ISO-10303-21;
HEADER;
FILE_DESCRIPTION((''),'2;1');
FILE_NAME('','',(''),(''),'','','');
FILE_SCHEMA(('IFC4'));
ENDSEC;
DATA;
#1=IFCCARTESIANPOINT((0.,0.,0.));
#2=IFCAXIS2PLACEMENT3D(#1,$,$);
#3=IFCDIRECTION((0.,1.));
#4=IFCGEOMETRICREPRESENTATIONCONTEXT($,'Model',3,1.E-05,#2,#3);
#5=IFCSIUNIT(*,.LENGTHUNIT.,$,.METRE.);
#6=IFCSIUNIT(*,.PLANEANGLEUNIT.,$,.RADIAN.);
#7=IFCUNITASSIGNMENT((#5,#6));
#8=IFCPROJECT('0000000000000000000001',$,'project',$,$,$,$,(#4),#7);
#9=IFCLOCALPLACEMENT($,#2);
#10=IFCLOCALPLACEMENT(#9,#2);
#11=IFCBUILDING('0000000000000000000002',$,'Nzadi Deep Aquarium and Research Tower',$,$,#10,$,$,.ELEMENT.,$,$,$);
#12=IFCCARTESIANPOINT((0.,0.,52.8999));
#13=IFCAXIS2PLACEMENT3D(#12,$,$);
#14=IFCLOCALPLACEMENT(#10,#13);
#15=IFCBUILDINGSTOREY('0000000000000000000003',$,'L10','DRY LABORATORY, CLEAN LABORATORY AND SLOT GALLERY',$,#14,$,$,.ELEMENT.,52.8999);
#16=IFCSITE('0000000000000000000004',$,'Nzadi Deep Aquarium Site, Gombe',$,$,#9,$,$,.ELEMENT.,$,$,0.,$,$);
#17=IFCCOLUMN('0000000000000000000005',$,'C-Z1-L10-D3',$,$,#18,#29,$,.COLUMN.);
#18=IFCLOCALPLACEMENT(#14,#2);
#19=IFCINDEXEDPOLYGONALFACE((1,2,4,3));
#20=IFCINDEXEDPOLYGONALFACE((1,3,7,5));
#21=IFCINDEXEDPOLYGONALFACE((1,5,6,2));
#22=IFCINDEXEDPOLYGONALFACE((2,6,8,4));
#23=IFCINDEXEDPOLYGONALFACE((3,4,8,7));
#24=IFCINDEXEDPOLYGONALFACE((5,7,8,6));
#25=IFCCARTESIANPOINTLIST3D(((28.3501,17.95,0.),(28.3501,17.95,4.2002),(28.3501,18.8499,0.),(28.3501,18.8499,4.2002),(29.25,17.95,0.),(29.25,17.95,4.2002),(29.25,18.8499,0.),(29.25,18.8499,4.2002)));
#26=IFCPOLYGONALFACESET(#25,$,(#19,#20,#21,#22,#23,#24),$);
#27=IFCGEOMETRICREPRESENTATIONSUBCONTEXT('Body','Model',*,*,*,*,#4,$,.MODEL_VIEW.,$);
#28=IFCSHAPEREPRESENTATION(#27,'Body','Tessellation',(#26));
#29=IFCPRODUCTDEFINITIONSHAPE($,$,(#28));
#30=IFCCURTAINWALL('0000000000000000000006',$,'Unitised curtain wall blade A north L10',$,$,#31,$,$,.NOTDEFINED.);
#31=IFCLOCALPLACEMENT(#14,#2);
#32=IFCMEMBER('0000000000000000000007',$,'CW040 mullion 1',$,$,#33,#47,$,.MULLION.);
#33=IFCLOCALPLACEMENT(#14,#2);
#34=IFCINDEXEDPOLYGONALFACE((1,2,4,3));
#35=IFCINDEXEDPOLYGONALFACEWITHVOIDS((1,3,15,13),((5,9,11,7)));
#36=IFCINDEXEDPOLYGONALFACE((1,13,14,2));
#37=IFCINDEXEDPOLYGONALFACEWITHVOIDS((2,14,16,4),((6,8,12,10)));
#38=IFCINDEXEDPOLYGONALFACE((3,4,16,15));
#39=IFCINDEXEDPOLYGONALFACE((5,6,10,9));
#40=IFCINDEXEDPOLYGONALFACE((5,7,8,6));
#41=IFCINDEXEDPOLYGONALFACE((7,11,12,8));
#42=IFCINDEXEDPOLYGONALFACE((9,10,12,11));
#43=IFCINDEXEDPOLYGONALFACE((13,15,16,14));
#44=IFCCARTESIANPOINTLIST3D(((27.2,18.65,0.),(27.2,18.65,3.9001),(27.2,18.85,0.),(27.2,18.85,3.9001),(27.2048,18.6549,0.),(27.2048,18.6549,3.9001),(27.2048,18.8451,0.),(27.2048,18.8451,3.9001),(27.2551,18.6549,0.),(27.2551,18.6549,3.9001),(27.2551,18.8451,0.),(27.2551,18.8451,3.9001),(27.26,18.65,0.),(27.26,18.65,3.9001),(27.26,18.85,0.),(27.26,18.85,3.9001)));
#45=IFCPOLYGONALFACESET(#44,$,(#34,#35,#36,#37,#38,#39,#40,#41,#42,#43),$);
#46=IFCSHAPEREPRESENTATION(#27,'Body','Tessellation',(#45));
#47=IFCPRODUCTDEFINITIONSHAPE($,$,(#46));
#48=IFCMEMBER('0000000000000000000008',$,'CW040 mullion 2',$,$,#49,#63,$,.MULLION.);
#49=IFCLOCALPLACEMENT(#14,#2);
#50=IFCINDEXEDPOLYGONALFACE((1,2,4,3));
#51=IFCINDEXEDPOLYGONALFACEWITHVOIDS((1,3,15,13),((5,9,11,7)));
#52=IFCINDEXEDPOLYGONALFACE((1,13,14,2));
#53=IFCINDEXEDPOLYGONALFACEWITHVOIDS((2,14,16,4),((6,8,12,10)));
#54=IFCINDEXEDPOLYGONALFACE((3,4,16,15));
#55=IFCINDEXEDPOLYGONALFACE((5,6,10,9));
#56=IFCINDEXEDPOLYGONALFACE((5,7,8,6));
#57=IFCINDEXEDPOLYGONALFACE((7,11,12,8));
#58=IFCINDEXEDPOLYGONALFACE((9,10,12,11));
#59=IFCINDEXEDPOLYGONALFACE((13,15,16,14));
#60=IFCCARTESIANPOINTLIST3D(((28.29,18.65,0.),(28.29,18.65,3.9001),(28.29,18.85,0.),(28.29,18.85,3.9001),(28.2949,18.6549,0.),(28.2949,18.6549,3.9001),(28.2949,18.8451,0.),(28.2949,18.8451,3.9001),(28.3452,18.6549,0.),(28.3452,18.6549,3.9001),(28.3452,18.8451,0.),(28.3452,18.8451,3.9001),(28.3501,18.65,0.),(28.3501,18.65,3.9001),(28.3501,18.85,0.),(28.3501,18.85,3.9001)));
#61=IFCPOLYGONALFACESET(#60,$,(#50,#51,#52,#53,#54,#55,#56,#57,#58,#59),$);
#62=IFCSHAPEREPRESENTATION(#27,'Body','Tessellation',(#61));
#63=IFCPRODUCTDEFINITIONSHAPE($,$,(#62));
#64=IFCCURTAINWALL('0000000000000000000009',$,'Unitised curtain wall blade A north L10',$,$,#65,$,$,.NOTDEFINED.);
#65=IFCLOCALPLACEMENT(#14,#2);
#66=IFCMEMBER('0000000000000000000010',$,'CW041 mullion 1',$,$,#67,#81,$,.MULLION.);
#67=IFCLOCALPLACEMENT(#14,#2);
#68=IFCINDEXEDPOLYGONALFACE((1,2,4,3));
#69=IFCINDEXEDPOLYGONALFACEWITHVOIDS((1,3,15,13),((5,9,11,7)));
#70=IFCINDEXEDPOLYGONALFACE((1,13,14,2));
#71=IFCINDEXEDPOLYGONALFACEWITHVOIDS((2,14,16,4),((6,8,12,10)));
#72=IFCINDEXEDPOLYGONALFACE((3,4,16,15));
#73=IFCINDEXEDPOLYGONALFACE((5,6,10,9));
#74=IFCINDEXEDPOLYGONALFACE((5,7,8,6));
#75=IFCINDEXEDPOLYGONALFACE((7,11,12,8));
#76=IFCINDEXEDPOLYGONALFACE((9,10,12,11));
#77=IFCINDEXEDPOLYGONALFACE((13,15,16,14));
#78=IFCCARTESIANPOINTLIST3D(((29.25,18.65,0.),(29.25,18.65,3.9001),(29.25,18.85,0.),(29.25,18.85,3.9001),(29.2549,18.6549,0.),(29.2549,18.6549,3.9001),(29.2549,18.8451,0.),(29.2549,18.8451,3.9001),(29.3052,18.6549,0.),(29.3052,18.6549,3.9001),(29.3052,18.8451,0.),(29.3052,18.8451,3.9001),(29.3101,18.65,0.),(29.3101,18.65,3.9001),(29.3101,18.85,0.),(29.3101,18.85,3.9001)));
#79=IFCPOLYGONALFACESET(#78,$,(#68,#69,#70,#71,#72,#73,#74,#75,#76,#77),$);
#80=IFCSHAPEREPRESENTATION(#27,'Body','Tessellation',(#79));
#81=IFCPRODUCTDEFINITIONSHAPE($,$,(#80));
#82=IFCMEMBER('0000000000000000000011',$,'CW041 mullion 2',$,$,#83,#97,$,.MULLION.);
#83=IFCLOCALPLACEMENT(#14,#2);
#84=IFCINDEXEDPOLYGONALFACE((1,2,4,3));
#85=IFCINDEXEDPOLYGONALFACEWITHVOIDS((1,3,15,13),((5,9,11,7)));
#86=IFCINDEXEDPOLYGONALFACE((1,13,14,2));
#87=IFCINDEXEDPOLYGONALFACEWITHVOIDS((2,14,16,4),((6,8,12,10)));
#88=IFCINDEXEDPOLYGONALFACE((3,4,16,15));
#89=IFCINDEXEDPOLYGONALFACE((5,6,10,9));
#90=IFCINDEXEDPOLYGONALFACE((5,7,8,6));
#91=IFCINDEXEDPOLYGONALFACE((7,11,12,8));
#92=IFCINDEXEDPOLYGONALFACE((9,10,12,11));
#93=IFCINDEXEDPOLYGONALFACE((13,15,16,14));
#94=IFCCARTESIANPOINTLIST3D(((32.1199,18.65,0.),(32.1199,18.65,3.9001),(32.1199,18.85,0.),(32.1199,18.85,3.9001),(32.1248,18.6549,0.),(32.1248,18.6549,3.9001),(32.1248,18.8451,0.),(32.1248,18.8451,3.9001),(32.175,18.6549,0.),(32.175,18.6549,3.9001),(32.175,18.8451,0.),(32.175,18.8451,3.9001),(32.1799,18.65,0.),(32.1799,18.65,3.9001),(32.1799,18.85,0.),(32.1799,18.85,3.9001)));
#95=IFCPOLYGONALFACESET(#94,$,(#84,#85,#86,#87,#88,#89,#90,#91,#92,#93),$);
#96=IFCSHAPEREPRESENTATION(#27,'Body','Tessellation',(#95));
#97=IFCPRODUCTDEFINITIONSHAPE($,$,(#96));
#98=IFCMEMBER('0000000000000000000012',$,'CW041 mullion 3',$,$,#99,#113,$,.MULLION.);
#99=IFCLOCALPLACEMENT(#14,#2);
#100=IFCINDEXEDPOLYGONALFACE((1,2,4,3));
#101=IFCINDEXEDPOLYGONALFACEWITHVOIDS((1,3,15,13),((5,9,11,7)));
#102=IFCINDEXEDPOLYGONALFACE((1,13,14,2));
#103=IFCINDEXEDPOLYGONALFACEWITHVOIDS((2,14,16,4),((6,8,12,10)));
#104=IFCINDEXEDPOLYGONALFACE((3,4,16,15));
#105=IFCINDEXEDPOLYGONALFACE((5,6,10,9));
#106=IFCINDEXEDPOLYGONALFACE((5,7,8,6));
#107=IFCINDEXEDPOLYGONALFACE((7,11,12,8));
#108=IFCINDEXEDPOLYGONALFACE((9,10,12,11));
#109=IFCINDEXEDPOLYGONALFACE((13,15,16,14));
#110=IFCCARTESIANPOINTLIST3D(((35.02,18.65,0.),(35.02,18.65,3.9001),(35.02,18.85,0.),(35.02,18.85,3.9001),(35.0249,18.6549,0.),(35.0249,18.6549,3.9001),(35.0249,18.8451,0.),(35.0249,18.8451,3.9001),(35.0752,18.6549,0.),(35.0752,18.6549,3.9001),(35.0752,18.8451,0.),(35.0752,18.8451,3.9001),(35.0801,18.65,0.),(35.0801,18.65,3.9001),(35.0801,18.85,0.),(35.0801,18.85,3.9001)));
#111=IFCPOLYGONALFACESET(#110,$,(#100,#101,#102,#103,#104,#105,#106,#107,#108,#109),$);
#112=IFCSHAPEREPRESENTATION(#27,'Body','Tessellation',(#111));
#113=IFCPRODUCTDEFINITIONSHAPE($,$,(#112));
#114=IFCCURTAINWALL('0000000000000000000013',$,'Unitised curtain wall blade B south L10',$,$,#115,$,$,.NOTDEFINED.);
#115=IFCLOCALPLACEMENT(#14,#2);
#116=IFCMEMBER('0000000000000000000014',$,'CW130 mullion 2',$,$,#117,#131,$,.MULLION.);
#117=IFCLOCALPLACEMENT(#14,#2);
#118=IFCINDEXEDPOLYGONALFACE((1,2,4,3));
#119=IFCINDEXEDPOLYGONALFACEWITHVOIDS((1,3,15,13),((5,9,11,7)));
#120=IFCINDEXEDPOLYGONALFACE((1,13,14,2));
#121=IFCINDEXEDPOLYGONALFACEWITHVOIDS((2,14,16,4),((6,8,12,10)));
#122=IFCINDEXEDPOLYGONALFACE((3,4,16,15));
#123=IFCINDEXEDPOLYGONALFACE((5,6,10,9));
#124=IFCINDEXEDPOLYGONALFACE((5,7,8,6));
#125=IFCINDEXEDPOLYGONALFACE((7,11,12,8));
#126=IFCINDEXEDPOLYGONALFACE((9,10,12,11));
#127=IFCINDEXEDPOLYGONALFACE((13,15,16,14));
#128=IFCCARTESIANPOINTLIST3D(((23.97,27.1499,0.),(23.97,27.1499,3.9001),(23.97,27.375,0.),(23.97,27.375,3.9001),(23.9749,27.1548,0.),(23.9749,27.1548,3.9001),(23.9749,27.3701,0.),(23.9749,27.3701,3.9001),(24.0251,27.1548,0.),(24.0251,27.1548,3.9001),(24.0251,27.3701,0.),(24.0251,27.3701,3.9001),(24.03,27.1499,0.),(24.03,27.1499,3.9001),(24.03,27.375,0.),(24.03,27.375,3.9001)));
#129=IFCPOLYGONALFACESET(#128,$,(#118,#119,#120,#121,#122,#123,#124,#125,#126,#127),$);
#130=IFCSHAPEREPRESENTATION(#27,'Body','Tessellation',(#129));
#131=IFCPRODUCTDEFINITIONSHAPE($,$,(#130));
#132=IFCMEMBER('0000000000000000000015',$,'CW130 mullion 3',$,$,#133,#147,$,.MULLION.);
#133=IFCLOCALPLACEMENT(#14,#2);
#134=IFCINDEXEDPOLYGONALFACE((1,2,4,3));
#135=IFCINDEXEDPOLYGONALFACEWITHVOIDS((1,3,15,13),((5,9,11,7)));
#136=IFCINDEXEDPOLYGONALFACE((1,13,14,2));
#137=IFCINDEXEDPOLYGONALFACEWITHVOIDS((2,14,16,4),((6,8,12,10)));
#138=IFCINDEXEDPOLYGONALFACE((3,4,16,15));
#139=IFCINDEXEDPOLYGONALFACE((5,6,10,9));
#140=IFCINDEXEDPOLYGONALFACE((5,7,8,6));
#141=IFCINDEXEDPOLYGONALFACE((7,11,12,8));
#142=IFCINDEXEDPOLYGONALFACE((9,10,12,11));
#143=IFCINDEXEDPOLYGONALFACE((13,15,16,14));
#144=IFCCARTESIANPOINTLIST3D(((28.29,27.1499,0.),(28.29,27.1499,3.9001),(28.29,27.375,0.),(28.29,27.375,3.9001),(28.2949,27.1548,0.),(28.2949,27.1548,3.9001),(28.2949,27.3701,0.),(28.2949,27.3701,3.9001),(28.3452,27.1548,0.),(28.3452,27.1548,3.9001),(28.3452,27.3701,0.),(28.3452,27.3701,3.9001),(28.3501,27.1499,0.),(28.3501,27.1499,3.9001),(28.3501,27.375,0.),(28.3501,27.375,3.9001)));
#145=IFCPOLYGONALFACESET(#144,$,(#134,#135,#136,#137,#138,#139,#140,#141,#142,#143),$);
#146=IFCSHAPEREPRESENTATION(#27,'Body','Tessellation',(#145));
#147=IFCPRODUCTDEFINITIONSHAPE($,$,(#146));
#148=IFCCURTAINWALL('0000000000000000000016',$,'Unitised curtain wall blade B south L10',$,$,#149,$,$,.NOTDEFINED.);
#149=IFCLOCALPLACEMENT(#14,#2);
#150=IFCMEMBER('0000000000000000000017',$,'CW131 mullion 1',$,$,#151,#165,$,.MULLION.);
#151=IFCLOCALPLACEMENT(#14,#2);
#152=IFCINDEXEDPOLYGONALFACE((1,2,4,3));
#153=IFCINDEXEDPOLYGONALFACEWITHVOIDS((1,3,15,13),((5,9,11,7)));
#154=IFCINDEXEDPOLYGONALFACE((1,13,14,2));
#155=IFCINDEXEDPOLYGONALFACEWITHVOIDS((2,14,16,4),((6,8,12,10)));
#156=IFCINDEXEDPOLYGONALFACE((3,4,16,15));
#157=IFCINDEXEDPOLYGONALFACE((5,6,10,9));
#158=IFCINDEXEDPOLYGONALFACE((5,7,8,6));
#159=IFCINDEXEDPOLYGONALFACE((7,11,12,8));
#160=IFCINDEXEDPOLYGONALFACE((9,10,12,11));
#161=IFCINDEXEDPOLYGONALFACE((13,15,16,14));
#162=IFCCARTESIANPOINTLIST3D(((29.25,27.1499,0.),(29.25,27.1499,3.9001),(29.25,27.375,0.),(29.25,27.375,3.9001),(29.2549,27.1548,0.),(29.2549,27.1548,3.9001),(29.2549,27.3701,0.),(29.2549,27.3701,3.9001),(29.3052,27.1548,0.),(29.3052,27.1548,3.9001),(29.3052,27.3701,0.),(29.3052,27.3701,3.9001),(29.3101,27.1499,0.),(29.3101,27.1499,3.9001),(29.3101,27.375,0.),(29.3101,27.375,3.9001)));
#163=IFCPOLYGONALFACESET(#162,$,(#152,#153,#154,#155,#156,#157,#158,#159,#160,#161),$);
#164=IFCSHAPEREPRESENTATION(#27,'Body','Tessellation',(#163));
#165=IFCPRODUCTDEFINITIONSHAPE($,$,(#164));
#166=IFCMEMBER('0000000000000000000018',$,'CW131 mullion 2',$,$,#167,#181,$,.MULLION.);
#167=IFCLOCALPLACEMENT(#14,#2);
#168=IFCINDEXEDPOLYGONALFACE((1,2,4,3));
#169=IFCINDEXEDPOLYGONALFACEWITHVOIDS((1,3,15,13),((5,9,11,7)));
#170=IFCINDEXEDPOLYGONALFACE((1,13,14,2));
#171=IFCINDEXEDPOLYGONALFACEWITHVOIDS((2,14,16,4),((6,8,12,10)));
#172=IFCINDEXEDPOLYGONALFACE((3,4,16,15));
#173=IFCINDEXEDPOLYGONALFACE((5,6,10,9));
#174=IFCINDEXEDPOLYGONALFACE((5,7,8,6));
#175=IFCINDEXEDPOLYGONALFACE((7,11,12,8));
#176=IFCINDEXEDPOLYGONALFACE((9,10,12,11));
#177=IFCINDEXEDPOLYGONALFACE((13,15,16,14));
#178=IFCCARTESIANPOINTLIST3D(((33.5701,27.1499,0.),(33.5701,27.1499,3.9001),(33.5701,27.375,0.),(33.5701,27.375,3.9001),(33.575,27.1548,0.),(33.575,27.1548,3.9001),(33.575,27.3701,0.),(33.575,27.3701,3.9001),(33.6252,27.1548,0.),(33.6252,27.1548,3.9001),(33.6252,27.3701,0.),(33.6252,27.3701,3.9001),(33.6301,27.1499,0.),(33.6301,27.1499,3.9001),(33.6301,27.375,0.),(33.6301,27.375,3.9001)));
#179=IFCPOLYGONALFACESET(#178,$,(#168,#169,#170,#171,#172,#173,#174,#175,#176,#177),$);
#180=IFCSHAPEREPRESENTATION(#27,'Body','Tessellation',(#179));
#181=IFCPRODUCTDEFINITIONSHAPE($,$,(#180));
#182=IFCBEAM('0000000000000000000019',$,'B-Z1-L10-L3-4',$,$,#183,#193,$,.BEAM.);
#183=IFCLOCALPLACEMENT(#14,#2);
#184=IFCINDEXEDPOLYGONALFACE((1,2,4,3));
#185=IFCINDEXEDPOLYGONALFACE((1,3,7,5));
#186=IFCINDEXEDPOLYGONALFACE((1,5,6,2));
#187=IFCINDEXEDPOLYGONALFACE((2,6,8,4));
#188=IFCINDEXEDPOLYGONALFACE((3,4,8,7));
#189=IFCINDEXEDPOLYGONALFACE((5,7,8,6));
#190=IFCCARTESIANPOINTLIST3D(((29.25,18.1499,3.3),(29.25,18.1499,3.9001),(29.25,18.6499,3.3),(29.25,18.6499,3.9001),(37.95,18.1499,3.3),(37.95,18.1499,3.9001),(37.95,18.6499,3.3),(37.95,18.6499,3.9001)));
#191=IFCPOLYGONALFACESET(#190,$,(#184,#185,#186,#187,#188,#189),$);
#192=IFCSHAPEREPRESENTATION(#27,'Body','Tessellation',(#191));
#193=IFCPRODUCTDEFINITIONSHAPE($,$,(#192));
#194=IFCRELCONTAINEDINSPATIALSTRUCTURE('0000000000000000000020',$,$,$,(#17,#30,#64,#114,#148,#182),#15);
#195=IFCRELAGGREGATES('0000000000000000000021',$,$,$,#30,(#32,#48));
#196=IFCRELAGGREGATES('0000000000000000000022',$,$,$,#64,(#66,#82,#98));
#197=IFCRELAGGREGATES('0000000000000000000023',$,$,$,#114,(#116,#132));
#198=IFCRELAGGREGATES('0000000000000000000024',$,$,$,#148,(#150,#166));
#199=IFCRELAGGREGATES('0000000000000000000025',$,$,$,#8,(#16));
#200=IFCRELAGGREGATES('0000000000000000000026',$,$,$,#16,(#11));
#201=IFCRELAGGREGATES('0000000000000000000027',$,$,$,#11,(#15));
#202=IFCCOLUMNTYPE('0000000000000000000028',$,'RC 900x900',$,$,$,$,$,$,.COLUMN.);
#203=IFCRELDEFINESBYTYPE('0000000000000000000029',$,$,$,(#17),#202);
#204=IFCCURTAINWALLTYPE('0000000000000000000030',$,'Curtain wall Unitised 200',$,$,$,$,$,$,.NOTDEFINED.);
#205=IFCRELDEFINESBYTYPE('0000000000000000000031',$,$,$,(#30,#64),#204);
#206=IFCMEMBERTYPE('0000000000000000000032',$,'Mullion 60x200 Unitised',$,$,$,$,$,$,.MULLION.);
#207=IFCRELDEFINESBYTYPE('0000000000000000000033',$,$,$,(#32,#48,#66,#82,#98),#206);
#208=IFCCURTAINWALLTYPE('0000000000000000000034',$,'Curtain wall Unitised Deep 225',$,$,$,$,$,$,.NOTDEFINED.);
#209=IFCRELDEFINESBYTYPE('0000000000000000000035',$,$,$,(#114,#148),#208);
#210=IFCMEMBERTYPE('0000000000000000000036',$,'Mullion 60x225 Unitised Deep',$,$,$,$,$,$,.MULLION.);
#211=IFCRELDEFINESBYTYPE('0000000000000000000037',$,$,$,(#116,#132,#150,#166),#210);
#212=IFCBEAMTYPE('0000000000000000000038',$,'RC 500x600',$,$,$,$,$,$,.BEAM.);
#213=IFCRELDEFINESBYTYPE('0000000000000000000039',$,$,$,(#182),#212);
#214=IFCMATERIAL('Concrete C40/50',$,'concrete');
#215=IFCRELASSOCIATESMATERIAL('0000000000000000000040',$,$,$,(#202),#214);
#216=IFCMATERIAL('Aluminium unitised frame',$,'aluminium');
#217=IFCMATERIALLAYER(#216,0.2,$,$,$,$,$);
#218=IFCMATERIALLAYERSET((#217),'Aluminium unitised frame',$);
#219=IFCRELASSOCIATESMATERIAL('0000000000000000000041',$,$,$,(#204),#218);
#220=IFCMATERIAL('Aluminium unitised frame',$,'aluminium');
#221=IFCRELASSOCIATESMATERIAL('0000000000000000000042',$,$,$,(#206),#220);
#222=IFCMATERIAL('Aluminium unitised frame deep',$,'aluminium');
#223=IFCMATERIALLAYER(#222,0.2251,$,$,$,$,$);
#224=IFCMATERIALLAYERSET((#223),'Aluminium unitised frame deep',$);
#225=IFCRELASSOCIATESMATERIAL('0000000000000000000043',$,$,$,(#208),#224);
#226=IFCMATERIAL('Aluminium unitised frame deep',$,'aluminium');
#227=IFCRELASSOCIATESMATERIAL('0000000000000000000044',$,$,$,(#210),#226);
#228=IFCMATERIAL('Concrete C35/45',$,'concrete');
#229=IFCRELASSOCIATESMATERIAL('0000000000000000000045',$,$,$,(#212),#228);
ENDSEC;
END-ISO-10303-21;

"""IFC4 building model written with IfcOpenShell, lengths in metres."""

from ifc_helpers import new_model, si_unit, direction, frame, origin, origin_2d, place, context, subcontext, project, spatial, rectangle, hollow_rectangle, extrude, material, layer, layer_set, material_profile, profile_set, type_object, element, aggregate, save


model = new_model("IFC4")

# Units and contexts
model_context = context("Model", 3, precision=1e-05, world=origin(), true_north=direction((0.0, 1.0)))
body_context = subcontext(model_context, "Body", "Model", "MODEL_VIEW")
ifc_project = project(units=[si_unit("LENGTHUNIT", "METRE"), si_unit("PLANEANGLEUNIT", "RADIAN")], contexts=[model_context])

# Site, building, storey
site_placement = place(None, origin())
site = spatial("IfcSite", under=ifc_project, at=site_placement, Name="Nzadi Deep Aquarium Site, Gombe", CompositionType="ELEMENT", RefElevation=0.0)
building_placement = place(site_placement, origin())
building = spatial("IfcBuilding", under=site, at=building_placement, Name="Nzadi Deep Aquarium and Research Tower", CompositionType="ELEMENT")
storey_placement = place(building_placement, frame((0.0, 0.0, 52.8999)))
storey = spatial("IfcBuildingStorey", under=building, at=storey_placement, Name="L10", Description="DRY LABORATORY, CLEAN LABORATORY AND SLOT GALLERY", CompositionType="ELEMENT", Elevation=52.8999)

# Column
ifc_material_1 = material(Name="Concrete C40/50", Category="concrete")
ifc_material_profile_1 = material_profile(ifc_material_1, rectangle(XDim=0.8999, YDim=0.8999, at=origin_2d()))
ifc_profile_set_1 = profile_set([ifc_material_profile_1], Name="Concrete C40/50")
column_type = type_object("IfcColumnType", Name="RC 900x900", PredefinedType="COLUMN", material=ifc_profile_set_1)
column_placement = place(storey_placement, frame((28.8, 18.3999, 0.0), z_axis=(0.0, 0.0, 1.0), x_axis=(1.0, 0.0, 0.0)))
element("IfcColumn", 1, at=column_placement, inside=storey, type_object=column_type, Name="C-Z1-L10-D3", PredefinedType="COLUMN", context=body_context, shape_type="SweptSolid", body=[
    extrude(rectangle(XDim=0.8999, YDim=0.8999, at=origin_2d()), origin(), (0.0, 0.0, 1.0), 4.2002),
])

# Curtain walls, members
ifc_material_2 = material(Name="Aluminium unitised frame", Category="aluminium")
ifc_layer_1 = layer(ifc_material_2, 0.2)
ifc_layer_set_1 = layer_set([ifc_layer_1], Name="Aluminium unitised frame")
curtain_wall_type_1 = type_object("IfcCurtainWallType", Name="Curtain wall Unitised 200", PredefinedType="NOTDEFINED", material=ifc_layer_set_1)
curtain_wall_1_placement = place(storey_placement, origin())
curtain_wall_1 = element("IfcCurtainWall", 2, at=curtain_wall_1_placement, inside=storey, type_object=curtain_wall_type_1, Name="Unitised curtain wall blade A north L10", PredefinedType="NOTDEFINED")
ifc_material_3 = material(Name="Aluminium unitised frame", Category="aluminium")
ifc_material_profile_2 = material_profile(ifc_material_3, hollow_rectangle(XDim=0.2, YDim=0.0601, WallThickness=0.0049, at=origin_2d()))
ifc_profile_set_2 = profile_set([ifc_material_profile_2], Name="Aluminium unitised frame")
member_type_1 = type_object("IfcMemberType", Name="Mullion 60x200 Unitised", PredefinedType="MULLION", material=ifc_profile_set_2)
member_1_placement = place(storey_placement, frame((27.23, 18.75, 0.0), z_axis=(0.0, 0.0, 1.0), x_axis=(0.0, 1.0, 0.0)))
member_1 = element("IfcMember", 3, at=member_1_placement, type_object=member_type_1, Name="CW040 mullion 1", PredefinedType="MULLION", context=body_context, shape_type="SweptSolid", body=[
    extrude(hollow_rectangle(XDim=0.2, YDim=0.0601, WallThickness=0.0049, at=origin_2d()), origin(), (0.0, 0.0, 1.0), 3.9001),
])
member_2_placement = place(storey_placement, frame((28.3201, 18.75, 0.0), z_axis=(0.0, 0.0, 1.0), x_axis=(0.0, 1.0, 0.0)))
member_2 = element("IfcMember", 4, at=member_2_placement, type_object=member_type_1, Name="CW040 mullion 2", PredefinedType="MULLION", context=body_context, shape_type="SweptSolid", body=[
    extrude(hollow_rectangle(XDim=0.2, YDim=0.0601, WallThickness=0.0049, at=origin_2d()), origin(), (0.0, 0.0, 1.0), 3.9001),
])
curtain_wall_2_placement = place(storey_placement, origin())
curtain_wall_2 = element("IfcCurtainWall", 5, at=curtain_wall_2_placement, inside=storey, type_object=curtain_wall_type_1, Name="Unitised curtain wall blade A north L10", PredefinedType="NOTDEFINED")
member_3_placement = place(storey_placement, frame((29.28, 18.75, 0.0), z_axis=(0.0, 0.0, 1.0), x_axis=(0.0, 1.0, 0.0)))
member_3 = element("IfcMember", 6, at=member_3_placement, type_object=member_type_1, Name="CW041 mullion 1", PredefinedType="MULLION", context=body_context, shape_type="SweptSolid", body=[
    extrude(hollow_rectangle(XDim=0.2, YDim=0.0601, WallThickness=0.0049, at=origin_2d()), origin(), (0.0, 0.0, 1.0), 3.9001),
])
member_4_placement = place(storey_placement, frame((32.1499, 18.75, 0.0), z_axis=(0.0, 0.0, 1.0), x_axis=(0.0, 1.0, 0.0)))
member_4 = element("IfcMember", 7, at=member_4_placement, type_object=member_type_1, Name="CW041 mullion 2", PredefinedType="MULLION", context=body_context, shape_type="SweptSolid", body=[
    extrude(hollow_rectangle(XDim=0.2, YDim=0.0601, WallThickness=0.0049, at=origin_2d()), origin(), (0.0, 0.0, 1.0), 3.9001),
])
member_5_placement = place(storey_placement, frame((35.05, 18.75, 0.0), z_axis=(0.0, 0.0, 1.0), x_axis=(0.0, 1.0, 0.0)))
member_5 = element("IfcMember", 8, at=member_5_placement, type_object=member_type_1, Name="CW041 mullion 3", PredefinedType="MULLION", context=body_context, shape_type="SweptSolid", body=[
    extrude(hollow_rectangle(XDim=0.2, YDim=0.0601, WallThickness=0.0049, at=origin_2d()), origin(), (0.0, 0.0, 1.0), 3.9001),
])
ifc_material_4 = material(Name="Aluminium unitised frame deep", Category="aluminium")
ifc_layer_2 = layer(ifc_material_4, 0.2251)
ifc_layer_set_2 = layer_set([ifc_layer_2], Name="Aluminium unitised frame deep")
curtain_wall_type_2 = type_object("IfcCurtainWallType", Name="Curtain wall Unitised Deep 225", PredefinedType="NOTDEFINED", material=ifc_layer_set_2)
curtain_wall_3_placement = place(storey_placement, origin())
curtain_wall_3 = element("IfcCurtainWall", 9, at=curtain_wall_3_placement, inside=storey, type_object=curtain_wall_type_2, Name="Unitised curtain wall blade B south L10", PredefinedType="NOTDEFINED")
ifc_material_5 = material(Name="Aluminium unitised frame deep", Category="aluminium")
ifc_material_profile_3 = material_profile(ifc_material_5, hollow_rectangle(XDim=0.2251, YDim=0.0601, WallThickness=0.0049, at=origin_2d()))
ifc_profile_set_3 = profile_set([ifc_material_profile_3], Name="Aluminium unitised frame deep")
member_type_2 = type_object("IfcMemberType", Name="Mullion 60x225 Unitised Deep", PredefinedType="MULLION", material=ifc_profile_set_3)
member_6_placement = place(storey_placement, frame((24.0, 27.2625, 0.0), z_axis=(0.0, 0.0, 1.0), x_axis=(0.0, 1.0, 0.0)))
member_6 = element("IfcMember", 10, at=member_6_placement, type_object=member_type_2, Name="CW130 mullion 2", PredefinedType="MULLION", context=body_context, shape_type="SweptSolid", body=[
    extrude(hollow_rectangle(XDim=0.2251, YDim=0.0601, WallThickness=0.0049, at=origin_2d()), origin(), (0.0, 0.0, 1.0), 3.9001),
])
member_7_placement = place(storey_placement, frame((28.3201, 27.2625, 0.0), z_axis=(0.0, 0.0, 1.0), x_axis=(0.0, 1.0, 0.0)))
member_7 = element("IfcMember", 11, at=member_7_placement, type_object=member_type_2, Name="CW130 mullion 3", PredefinedType="MULLION", context=body_context, shape_type="SweptSolid", body=[
    extrude(hollow_rectangle(XDim=0.2251, YDim=0.0601, WallThickness=0.0049, at=origin_2d()), origin(), (0.0, 0.0, 1.0), 3.9001),
])
curtain_wall_4_placement = place(storey_placement, origin())
curtain_wall_4 = element("IfcCurtainWall", 12, at=curtain_wall_4_placement, inside=storey, type_object=curtain_wall_type_2, Name="Unitised curtain wall blade B south L10", PredefinedType="NOTDEFINED")
member_8_placement = place(storey_placement, frame((29.28, 27.2625, 0.0), z_axis=(0.0, 0.0, 1.0), x_axis=(0.0, 1.0, 0.0)))
member_8 = element("IfcMember", 13, at=member_8_placement, type_object=member_type_2, Name="CW131 mullion 1", PredefinedType="MULLION", context=body_context, shape_type="SweptSolid", body=[
    extrude(hollow_rectangle(XDim=0.2251, YDim=0.0601, WallThickness=0.0049, at=origin_2d()), origin(), (0.0, 0.0, 1.0), 3.9001),
])
member_9_placement = place(storey_placement, frame((33.6001, 27.2625, 0.0), z_axis=(0.0, 0.0, 1.0), x_axis=(0.0, 1.0, 0.0)))
member_9 = element("IfcMember", 14, at=member_9_placement, type_object=member_type_2, Name="CW131 mullion 2", PredefinedType="MULLION", context=body_context, shape_type="SweptSolid", body=[
    extrude(hollow_rectangle(XDim=0.2251, YDim=0.0601, WallThickness=0.0049, at=origin_2d()), origin(), (0.0, 0.0, 1.0), 3.9001),
])

# Beam
ifc_material_6 = material(Name="Concrete C35/45", Category="concrete")
ifc_material_profile_4 = material_profile(ifc_material_6, rectangle(XDim=0.5, YDim=0.6001, at=origin_2d()))
ifc_profile_set_4 = profile_set([ifc_material_profile_4], Name="Concrete C35/45")
beam_type = type_object("IfcBeamType", Name="RC 500x600", PredefinedType="BEAM", material=ifc_profile_set_4)
beam_placement = place(storey_placement, frame((29.25, 18.3999, 3.6001), z_axis=(1.0, 0.0, 0.0), x_axis=(0.0, 1.0, 0.0)))
element("IfcBeam", 15, at=beam_placement, inside=storey, type_object=beam_type, Name="B-Z1-L10-L3-4", PredefinedType="BEAM", context=body_context, shape_type="SweptSolid", body=[
    extrude(rectangle(XDim=0.5, YDim=0.6001, at=origin_2d()), origin(), (0.0, 0.0, 1.0), 8.7),
])

aggregate(curtain_wall_1, [member_1, member_2])
aggregate(curtain_wall_2, [member_3, member_4, member_5])
aggregate(curtain_wall_3, [member_6, member_7])
aggregate(curtain_wall_4, [member_8, member_9])

save(model, "model.ifc")
